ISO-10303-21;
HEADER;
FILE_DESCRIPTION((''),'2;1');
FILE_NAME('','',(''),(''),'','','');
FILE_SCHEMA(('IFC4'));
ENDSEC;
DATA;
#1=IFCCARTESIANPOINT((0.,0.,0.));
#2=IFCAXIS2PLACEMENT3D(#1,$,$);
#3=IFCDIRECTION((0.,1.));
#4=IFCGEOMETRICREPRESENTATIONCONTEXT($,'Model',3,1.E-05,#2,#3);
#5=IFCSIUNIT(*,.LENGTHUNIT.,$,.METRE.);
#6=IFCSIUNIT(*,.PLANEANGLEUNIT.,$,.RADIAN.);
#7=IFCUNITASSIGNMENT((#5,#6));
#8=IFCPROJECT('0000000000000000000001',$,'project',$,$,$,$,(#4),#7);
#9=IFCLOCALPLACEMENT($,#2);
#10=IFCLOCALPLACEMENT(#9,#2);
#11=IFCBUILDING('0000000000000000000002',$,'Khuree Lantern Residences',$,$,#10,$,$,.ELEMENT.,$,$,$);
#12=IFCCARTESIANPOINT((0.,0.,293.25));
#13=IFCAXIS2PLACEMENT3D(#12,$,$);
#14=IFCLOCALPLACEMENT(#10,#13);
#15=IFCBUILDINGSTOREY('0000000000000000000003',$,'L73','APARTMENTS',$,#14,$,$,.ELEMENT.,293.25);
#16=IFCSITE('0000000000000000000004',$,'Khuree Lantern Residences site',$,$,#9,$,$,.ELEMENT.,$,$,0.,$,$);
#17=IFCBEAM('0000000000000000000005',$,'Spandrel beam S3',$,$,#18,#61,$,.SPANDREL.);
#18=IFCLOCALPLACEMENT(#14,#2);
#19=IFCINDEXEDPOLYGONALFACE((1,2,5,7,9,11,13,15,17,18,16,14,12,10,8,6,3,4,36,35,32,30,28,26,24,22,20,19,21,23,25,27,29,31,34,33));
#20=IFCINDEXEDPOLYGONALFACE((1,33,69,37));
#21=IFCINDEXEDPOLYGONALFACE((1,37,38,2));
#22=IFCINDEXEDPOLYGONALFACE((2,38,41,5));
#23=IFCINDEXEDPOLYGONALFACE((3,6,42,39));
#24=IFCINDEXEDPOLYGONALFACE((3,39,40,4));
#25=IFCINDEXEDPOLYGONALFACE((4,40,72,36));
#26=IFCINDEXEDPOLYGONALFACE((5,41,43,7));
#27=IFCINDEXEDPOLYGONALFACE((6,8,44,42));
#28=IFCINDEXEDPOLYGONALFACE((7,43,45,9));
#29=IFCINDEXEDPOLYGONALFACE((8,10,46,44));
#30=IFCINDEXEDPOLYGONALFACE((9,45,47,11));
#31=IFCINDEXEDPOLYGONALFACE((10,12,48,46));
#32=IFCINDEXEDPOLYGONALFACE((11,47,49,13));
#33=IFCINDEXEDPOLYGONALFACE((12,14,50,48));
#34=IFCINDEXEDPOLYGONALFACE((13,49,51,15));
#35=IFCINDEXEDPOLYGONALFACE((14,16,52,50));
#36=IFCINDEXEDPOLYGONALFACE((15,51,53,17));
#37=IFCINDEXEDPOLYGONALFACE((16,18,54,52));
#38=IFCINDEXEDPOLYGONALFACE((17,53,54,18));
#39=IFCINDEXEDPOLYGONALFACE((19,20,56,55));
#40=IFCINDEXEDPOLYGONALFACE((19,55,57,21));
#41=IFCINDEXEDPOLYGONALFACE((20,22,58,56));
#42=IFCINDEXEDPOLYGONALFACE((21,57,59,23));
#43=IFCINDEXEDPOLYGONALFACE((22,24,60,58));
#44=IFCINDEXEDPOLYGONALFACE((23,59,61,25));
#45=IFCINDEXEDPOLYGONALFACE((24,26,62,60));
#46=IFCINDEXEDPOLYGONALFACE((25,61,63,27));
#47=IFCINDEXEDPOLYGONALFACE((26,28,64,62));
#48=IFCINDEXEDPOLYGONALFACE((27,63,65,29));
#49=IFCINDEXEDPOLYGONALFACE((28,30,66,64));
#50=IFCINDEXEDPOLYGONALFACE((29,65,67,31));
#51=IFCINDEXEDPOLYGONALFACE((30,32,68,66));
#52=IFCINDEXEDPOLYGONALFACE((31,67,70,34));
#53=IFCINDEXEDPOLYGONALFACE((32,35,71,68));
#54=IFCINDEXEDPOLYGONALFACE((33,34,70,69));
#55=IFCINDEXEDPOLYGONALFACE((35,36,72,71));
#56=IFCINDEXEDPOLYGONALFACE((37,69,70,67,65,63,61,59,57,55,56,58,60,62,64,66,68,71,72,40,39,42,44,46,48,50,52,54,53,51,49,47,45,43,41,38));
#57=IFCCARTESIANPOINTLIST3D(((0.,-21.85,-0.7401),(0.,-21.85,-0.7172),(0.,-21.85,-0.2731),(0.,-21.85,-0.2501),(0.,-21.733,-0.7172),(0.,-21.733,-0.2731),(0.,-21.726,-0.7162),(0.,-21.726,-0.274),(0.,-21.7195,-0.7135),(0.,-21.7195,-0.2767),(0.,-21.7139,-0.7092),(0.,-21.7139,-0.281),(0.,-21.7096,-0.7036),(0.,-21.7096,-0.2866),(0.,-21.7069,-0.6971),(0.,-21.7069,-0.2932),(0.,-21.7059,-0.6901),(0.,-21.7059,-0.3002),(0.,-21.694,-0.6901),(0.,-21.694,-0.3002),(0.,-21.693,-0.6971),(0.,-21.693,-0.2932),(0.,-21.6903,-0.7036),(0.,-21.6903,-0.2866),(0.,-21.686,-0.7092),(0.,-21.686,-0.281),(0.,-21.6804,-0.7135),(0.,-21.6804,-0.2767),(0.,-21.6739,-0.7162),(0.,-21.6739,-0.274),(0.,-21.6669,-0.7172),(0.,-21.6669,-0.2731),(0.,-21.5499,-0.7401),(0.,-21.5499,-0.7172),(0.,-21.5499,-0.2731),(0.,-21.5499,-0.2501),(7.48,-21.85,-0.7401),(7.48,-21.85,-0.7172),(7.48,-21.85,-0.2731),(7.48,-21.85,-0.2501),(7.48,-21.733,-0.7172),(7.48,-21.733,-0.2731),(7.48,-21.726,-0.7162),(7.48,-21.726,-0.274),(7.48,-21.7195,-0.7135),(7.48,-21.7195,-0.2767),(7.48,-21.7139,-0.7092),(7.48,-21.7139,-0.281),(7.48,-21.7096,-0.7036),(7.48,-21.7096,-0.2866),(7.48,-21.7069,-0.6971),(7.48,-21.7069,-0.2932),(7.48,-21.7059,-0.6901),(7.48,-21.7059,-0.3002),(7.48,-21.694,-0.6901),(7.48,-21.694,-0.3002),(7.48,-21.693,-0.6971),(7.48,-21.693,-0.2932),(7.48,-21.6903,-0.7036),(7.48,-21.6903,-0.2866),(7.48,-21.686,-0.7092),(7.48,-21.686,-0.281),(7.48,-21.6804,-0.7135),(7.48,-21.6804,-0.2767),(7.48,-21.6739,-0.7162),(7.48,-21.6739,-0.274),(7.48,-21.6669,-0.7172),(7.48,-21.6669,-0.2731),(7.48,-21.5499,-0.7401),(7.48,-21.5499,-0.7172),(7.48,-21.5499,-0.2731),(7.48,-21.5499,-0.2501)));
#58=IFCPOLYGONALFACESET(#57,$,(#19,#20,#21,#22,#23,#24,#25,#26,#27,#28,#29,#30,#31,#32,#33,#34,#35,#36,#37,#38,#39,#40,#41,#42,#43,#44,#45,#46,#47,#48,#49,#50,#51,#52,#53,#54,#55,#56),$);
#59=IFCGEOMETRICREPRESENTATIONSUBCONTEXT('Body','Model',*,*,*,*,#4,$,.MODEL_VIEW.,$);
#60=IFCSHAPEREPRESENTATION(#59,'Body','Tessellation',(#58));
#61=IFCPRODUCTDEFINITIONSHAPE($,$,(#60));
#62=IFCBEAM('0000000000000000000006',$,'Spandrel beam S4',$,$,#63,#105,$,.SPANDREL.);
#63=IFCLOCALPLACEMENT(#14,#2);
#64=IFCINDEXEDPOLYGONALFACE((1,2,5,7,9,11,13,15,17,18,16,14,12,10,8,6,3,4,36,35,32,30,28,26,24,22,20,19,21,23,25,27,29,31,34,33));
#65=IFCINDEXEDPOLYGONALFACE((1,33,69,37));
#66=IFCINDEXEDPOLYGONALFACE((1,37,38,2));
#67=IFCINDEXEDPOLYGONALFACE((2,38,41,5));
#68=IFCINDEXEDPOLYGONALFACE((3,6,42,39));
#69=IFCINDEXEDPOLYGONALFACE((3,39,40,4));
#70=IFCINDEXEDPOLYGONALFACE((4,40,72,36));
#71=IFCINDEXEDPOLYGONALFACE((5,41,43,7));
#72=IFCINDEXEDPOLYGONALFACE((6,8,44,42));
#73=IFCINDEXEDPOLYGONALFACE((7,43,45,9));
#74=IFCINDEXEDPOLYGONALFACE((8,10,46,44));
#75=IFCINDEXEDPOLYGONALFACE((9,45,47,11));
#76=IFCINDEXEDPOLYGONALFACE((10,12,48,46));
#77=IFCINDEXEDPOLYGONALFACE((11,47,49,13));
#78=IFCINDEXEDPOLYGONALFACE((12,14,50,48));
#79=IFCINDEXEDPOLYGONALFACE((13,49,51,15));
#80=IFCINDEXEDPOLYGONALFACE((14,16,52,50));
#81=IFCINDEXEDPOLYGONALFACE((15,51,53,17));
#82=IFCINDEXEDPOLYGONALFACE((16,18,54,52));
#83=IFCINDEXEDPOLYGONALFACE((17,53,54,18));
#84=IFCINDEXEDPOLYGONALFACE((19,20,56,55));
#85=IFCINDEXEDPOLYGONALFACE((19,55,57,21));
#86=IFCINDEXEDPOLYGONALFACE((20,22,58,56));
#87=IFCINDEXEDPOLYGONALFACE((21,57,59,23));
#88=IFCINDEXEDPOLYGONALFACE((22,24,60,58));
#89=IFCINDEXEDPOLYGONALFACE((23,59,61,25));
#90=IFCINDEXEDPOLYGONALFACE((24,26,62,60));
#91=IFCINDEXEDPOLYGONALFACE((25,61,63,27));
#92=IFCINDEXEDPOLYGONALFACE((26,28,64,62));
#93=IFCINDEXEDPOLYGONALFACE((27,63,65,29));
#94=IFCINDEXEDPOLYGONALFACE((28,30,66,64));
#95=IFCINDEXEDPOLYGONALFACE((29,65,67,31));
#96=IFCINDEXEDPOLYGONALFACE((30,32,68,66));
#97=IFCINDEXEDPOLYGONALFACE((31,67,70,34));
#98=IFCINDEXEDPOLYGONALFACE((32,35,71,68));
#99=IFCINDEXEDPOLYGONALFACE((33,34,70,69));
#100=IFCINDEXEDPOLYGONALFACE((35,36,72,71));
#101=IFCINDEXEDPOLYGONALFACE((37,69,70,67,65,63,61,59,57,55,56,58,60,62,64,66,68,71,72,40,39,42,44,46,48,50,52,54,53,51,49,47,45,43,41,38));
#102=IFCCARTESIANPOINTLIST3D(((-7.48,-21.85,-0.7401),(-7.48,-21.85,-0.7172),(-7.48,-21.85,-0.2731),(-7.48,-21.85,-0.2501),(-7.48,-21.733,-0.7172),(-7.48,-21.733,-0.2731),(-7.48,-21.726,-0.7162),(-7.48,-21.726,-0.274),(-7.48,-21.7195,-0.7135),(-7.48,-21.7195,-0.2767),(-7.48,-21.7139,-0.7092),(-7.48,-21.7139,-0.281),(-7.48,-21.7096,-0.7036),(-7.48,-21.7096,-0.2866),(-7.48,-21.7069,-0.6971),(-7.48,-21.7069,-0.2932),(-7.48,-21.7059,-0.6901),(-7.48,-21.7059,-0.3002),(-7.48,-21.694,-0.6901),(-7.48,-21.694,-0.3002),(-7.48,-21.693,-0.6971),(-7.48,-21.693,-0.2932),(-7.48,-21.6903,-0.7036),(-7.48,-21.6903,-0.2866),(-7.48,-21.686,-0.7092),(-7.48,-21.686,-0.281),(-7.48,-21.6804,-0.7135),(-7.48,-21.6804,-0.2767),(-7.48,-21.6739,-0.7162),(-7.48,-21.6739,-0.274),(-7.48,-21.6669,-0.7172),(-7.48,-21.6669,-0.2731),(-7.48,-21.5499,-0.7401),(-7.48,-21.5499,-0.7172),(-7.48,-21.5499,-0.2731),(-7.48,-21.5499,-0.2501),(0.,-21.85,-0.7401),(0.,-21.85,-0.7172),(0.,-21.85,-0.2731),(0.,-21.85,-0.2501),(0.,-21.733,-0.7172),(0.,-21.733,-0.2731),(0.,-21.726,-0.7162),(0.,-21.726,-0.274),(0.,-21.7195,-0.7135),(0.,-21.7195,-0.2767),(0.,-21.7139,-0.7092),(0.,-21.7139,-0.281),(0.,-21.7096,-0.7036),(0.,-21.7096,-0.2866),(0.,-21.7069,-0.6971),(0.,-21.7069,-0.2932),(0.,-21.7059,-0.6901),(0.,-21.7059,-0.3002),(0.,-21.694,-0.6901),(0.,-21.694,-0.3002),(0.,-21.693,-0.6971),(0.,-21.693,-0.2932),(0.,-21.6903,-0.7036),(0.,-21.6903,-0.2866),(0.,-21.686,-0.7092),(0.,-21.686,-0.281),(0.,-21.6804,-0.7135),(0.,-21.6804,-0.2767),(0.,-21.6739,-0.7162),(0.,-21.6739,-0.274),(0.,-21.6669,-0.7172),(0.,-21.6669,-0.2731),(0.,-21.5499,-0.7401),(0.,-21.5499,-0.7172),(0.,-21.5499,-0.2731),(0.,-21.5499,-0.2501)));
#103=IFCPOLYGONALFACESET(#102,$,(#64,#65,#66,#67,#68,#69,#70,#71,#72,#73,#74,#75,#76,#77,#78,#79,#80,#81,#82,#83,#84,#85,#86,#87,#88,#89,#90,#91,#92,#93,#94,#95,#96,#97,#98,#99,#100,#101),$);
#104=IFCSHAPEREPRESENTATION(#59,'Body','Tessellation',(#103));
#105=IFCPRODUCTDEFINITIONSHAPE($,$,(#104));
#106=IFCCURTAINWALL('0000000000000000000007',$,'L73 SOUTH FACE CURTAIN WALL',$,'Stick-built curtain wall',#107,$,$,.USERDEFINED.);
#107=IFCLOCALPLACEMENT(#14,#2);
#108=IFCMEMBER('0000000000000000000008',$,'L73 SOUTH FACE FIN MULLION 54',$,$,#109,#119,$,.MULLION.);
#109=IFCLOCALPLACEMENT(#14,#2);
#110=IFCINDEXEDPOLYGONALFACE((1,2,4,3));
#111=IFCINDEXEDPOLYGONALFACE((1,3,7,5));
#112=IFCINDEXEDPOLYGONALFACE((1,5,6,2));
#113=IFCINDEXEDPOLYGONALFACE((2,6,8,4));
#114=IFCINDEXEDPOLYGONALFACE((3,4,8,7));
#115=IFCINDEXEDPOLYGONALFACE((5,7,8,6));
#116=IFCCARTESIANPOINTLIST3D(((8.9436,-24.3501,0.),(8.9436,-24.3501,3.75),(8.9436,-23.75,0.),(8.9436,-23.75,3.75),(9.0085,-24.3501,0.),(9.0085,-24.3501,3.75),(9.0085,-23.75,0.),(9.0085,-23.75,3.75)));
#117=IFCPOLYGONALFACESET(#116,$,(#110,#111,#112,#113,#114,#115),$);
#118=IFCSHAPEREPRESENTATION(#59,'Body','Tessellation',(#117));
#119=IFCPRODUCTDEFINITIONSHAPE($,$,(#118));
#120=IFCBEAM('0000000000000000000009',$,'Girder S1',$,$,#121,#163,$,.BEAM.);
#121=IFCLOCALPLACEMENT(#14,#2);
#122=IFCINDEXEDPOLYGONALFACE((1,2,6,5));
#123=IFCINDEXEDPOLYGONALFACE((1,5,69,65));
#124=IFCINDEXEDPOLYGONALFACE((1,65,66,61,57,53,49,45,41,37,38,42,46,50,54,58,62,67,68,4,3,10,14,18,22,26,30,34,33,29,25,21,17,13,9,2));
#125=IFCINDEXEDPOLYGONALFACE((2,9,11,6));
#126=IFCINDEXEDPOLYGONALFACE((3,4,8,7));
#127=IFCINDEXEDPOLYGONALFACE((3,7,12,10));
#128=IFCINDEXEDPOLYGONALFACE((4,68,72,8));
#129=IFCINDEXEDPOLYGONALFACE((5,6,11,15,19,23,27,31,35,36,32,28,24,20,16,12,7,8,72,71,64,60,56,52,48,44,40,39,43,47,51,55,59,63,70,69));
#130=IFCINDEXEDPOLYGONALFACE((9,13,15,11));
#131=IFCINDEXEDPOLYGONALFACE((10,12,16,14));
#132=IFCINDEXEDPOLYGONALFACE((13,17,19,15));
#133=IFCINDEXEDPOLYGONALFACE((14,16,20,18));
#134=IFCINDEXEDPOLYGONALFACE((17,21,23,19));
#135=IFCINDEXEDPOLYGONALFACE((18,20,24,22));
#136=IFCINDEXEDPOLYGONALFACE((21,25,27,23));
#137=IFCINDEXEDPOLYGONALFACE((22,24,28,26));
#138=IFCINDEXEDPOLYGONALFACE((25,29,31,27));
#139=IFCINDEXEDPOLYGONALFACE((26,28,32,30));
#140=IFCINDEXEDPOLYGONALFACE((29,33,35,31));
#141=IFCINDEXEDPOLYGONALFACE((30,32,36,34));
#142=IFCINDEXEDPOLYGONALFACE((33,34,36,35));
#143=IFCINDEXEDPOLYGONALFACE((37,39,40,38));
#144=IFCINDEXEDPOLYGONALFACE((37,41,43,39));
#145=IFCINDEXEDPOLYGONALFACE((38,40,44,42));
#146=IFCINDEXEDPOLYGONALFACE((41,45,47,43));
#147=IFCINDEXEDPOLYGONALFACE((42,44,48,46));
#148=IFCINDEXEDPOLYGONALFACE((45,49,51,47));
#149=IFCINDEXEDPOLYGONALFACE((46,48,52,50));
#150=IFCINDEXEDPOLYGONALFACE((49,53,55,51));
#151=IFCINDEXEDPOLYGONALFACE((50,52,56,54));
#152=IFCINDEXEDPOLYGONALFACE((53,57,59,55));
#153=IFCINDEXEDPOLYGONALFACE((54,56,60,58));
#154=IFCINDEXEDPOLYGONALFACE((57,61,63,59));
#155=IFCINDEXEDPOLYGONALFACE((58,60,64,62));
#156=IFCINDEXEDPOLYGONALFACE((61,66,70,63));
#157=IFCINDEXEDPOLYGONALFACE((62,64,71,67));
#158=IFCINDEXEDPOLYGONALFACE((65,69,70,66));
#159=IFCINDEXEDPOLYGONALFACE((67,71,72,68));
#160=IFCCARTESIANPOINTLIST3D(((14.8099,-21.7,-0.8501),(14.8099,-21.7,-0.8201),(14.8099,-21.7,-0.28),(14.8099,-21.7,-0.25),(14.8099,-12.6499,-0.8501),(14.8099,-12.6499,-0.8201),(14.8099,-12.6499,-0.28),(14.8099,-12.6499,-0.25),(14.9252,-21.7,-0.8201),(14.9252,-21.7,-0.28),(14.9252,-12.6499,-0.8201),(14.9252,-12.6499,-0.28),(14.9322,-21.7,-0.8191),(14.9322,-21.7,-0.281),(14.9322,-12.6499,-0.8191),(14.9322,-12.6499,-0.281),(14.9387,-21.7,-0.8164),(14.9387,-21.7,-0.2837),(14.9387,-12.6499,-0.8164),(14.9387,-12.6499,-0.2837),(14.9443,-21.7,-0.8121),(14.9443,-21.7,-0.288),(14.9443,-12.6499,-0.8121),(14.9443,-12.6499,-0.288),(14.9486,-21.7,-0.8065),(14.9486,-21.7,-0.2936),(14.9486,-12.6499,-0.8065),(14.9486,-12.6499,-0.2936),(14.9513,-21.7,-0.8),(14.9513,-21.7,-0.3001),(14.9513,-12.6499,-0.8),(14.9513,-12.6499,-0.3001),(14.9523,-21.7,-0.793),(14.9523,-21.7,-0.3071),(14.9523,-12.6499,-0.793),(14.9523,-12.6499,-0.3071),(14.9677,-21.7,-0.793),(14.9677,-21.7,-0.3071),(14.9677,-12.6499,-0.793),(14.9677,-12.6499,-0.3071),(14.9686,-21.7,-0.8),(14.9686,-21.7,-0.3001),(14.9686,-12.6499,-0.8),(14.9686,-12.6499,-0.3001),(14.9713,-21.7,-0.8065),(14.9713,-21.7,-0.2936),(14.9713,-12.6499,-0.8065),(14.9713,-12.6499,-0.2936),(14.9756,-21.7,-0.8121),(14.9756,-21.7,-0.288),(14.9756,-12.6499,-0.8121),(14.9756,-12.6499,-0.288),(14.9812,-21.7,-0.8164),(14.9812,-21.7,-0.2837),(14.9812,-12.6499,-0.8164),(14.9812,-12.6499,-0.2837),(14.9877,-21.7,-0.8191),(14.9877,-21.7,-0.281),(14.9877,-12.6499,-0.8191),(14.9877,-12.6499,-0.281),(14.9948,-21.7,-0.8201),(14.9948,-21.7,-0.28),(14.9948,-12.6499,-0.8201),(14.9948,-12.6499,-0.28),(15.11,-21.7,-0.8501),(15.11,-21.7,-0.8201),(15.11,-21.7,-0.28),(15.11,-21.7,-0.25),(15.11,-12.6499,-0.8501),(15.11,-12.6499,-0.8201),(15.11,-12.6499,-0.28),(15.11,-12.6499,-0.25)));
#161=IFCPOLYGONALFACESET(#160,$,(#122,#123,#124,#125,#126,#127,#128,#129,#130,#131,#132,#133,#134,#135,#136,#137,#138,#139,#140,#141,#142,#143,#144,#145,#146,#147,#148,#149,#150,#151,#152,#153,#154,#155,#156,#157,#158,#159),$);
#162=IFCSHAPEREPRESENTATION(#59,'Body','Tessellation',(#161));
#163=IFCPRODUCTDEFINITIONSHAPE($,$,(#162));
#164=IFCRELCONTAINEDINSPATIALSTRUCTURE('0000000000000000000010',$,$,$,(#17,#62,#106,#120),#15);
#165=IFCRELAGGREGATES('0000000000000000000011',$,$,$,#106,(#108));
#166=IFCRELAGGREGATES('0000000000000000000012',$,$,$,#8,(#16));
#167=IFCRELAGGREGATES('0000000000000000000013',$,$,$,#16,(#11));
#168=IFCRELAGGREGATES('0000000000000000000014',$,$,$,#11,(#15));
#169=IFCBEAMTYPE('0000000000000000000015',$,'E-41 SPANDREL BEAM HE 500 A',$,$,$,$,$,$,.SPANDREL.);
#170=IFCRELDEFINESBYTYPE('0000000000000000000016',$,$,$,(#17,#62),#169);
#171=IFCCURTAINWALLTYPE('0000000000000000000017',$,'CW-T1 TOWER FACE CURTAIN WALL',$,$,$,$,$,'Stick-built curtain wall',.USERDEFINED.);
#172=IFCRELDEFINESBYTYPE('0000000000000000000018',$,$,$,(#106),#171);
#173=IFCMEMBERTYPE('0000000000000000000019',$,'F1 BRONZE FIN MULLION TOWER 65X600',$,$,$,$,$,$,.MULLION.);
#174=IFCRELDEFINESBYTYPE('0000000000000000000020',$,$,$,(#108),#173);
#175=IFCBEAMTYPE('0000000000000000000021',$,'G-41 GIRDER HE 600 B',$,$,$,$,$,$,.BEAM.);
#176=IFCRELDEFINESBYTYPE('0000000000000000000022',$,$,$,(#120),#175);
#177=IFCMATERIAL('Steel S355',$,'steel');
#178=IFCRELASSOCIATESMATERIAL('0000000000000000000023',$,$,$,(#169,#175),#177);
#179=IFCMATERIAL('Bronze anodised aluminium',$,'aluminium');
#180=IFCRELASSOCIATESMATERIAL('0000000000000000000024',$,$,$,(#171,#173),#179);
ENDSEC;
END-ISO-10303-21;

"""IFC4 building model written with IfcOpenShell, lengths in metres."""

from ifc_helpers import new_model, si_unit, direction, frame, origin, origin_2d, place, context, subcontext, project, spatial, rectangle, i_section, extrude, material, material_profile, profile_set, type_object, element, aggregate, save


model = new_model("IFC4")

# Units and contexts
model_context = context("Model", 3, precision=1e-05, world=origin(), true_north=direction((0.0, 1.0)))
body_context = subcontext(model_context, "Body", "Model", "MODEL_VIEW")
ifc_project = project(units=[si_unit("LENGTHUNIT", "METRE"), si_unit("PLANEANGLEUNIT", "RADIAN")], contexts=[model_context])

# Site, building, storey
site_placement = place(None, origin())
site = spatial("IfcSite", under=ifc_project, at=site_placement, Name="Khuree Lantern Residences site", CompositionType="ELEMENT", RefElevation=0.0)
building_placement = place(site_placement, origin())
building = spatial("IfcBuilding", under=site, at=building_placement, Name="Khuree Lantern Residences", CompositionType="ELEMENT")
storey_placement = place(building_placement, frame((0.0, 0.0, 293.25)))
storey = spatial("IfcBuildingStorey", under=building, at=storey_placement, Name="L73", Description="APARTMENTS", CompositionType="ELEMENT", Elevation=293.25)

# Beams
ifc_material_1 = material(Name="Steel S355", Category="steel")
ifc_material_profile_1 = material_profile(ifc_material_1, i_section(OverallWidth=0.3, OverallDepth=0.49, WebThickness=0.012, FlangeThickness=0.0229, FilletRadius=0.0271, at=origin_2d()), Name="HE 500 A")
ifc_profile_set_1 = profile_set([ifc_material_profile_1], Name="Steel S355")
beam_type_1 = type_object("IfcBeamType", Name="E-41 SPANDREL BEAM HE 500 A", PredefinedType="SPANDREL", material=ifc_profile_set_1)
for number, where, z_axis, x_axis, name in (
    (1, (7.48, -21.7, -0.4951), (-1.0, 0.0, 0.0), (0.0, -1.0, 0.0), "Spandrel beam S3"),
    (2, (0.0, -21.7, -0.4951), (-1.0, 0.0, 0.0), (0.0, -1.0, 0.0), "Spandrel beam S4"),
):
    element("IfcBeam", number, at=place(storey_placement, frame(where, z_axis=z_axis, x_axis=x_axis)), inside=storey, type_object=beam_type_1, Name=name, PredefinedType="SPANDREL", context=body_context, shape_type="SweptSolid", body=[
        extrude(i_section(OverallWidth=0.3, OverallDepth=0.49, WebThickness=0.012, FlangeThickness=0.0229, FilletRadius=0.0271, at=origin_2d()), origin(), (0.0, 0.0, 1.0), 7.48),
    ])

# Curtain wall, member
ifc_material_2 = material(Name="Bronze anodised aluminium", Category="aluminium")
curtain_wall_type = type_object("IfcCurtainWallType", Name="CW-T1 TOWER FACE CURTAIN WALL", ElementType="Stick-built curtain wall", PredefinedType="USERDEFINED", material=ifc_material_2)
curtain_wall_placement = place(storey_placement, origin())
curtain_wall = element("IfcCurtainWall", 3, at=curtain_wall_placement, inside=storey, type_object=curtain_wall_type, Name="L73 SOUTH FACE CURTAIN WALL", ObjectType="Stick-built curtain wall", PredefinedType="USERDEFINED")
ifc_material_profile_2 = material_profile(ifc_material_2, rectangle(XDim=0.0649, YDim=0.6001, at=origin_2d()), Name="F1 65X600")
ifc_profile_set_2 = profile_set([ifc_material_profile_2], Name="Bronze anodised aluminium")
member_type_1 = type_object("IfcMemberType", Name="F1 BRONZE FIN MULLION TOWER 65X600", PredefinedType="MULLION", material=ifc_profile_set_2)
member_1_placement = place(storey_placement, frame((8.9761, -24.05, 0.0), z_axis=(0.0, 0.0, 1.0), x_axis=(1.0, 0.0, 0.0)))
member_1 = element("IfcMember", 4, at=member_1_placement, type_object=member_type_1, Name="L73 SOUTH FACE FIN MULLION 54", PredefinedType="MULLION", context=body_context, shape_type="SweptSolid", body=[
    extrude(rectangle(XDim=0.0649, YDim=0.6001, at=origin_2d()), origin(), (0.0, 0.0, 1.0), 3.75),
])

# Beam
ifc_material_profile_3 = material_profile(ifc_material_1, i_section(OverallWidth=0.3, OverallDepth=0.6001, WebThickness=0.0154, FlangeThickness=0.03, FilletRadius=0.0271, at=origin_2d()), Name="HE 600 B")
ifc_profile_set_3 = profile_set([ifc_material_profile_3], Name="Steel S355")
beam_type_2 = type_object("IfcBeamType", Name="G-41 GIRDER HE 600 B", PredefinedType="BEAM", material=ifc_profile_set_3)
for number, where, z_axis, x_axis, name in (
    (5, (14.96, -21.7, -0.55), (0.0, 1.0, 0.0), (-1.0, 0.0, 0.0), "Girder S1"),
):
    element("IfcBeam", number, at=place(storey_placement, frame(where, z_axis=z_axis, x_axis=x_axis)), inside=storey, type_object=beam_type_2, Name=name, PredefinedType="BEAM", context=body_context, shape_type="SweptSolid", body=[
        extrude(i_section(OverallWidth=0.3, OverallDepth=0.6001, WebThickness=0.0154, FlangeThickness=0.03, FilletRadius=0.0271, at=origin_2d()), origin(), (0.0, 0.0, 1.0), 9.05),
    ])

aggregate(curtain_wall, [member_1])

save(model, "model.ifc")
